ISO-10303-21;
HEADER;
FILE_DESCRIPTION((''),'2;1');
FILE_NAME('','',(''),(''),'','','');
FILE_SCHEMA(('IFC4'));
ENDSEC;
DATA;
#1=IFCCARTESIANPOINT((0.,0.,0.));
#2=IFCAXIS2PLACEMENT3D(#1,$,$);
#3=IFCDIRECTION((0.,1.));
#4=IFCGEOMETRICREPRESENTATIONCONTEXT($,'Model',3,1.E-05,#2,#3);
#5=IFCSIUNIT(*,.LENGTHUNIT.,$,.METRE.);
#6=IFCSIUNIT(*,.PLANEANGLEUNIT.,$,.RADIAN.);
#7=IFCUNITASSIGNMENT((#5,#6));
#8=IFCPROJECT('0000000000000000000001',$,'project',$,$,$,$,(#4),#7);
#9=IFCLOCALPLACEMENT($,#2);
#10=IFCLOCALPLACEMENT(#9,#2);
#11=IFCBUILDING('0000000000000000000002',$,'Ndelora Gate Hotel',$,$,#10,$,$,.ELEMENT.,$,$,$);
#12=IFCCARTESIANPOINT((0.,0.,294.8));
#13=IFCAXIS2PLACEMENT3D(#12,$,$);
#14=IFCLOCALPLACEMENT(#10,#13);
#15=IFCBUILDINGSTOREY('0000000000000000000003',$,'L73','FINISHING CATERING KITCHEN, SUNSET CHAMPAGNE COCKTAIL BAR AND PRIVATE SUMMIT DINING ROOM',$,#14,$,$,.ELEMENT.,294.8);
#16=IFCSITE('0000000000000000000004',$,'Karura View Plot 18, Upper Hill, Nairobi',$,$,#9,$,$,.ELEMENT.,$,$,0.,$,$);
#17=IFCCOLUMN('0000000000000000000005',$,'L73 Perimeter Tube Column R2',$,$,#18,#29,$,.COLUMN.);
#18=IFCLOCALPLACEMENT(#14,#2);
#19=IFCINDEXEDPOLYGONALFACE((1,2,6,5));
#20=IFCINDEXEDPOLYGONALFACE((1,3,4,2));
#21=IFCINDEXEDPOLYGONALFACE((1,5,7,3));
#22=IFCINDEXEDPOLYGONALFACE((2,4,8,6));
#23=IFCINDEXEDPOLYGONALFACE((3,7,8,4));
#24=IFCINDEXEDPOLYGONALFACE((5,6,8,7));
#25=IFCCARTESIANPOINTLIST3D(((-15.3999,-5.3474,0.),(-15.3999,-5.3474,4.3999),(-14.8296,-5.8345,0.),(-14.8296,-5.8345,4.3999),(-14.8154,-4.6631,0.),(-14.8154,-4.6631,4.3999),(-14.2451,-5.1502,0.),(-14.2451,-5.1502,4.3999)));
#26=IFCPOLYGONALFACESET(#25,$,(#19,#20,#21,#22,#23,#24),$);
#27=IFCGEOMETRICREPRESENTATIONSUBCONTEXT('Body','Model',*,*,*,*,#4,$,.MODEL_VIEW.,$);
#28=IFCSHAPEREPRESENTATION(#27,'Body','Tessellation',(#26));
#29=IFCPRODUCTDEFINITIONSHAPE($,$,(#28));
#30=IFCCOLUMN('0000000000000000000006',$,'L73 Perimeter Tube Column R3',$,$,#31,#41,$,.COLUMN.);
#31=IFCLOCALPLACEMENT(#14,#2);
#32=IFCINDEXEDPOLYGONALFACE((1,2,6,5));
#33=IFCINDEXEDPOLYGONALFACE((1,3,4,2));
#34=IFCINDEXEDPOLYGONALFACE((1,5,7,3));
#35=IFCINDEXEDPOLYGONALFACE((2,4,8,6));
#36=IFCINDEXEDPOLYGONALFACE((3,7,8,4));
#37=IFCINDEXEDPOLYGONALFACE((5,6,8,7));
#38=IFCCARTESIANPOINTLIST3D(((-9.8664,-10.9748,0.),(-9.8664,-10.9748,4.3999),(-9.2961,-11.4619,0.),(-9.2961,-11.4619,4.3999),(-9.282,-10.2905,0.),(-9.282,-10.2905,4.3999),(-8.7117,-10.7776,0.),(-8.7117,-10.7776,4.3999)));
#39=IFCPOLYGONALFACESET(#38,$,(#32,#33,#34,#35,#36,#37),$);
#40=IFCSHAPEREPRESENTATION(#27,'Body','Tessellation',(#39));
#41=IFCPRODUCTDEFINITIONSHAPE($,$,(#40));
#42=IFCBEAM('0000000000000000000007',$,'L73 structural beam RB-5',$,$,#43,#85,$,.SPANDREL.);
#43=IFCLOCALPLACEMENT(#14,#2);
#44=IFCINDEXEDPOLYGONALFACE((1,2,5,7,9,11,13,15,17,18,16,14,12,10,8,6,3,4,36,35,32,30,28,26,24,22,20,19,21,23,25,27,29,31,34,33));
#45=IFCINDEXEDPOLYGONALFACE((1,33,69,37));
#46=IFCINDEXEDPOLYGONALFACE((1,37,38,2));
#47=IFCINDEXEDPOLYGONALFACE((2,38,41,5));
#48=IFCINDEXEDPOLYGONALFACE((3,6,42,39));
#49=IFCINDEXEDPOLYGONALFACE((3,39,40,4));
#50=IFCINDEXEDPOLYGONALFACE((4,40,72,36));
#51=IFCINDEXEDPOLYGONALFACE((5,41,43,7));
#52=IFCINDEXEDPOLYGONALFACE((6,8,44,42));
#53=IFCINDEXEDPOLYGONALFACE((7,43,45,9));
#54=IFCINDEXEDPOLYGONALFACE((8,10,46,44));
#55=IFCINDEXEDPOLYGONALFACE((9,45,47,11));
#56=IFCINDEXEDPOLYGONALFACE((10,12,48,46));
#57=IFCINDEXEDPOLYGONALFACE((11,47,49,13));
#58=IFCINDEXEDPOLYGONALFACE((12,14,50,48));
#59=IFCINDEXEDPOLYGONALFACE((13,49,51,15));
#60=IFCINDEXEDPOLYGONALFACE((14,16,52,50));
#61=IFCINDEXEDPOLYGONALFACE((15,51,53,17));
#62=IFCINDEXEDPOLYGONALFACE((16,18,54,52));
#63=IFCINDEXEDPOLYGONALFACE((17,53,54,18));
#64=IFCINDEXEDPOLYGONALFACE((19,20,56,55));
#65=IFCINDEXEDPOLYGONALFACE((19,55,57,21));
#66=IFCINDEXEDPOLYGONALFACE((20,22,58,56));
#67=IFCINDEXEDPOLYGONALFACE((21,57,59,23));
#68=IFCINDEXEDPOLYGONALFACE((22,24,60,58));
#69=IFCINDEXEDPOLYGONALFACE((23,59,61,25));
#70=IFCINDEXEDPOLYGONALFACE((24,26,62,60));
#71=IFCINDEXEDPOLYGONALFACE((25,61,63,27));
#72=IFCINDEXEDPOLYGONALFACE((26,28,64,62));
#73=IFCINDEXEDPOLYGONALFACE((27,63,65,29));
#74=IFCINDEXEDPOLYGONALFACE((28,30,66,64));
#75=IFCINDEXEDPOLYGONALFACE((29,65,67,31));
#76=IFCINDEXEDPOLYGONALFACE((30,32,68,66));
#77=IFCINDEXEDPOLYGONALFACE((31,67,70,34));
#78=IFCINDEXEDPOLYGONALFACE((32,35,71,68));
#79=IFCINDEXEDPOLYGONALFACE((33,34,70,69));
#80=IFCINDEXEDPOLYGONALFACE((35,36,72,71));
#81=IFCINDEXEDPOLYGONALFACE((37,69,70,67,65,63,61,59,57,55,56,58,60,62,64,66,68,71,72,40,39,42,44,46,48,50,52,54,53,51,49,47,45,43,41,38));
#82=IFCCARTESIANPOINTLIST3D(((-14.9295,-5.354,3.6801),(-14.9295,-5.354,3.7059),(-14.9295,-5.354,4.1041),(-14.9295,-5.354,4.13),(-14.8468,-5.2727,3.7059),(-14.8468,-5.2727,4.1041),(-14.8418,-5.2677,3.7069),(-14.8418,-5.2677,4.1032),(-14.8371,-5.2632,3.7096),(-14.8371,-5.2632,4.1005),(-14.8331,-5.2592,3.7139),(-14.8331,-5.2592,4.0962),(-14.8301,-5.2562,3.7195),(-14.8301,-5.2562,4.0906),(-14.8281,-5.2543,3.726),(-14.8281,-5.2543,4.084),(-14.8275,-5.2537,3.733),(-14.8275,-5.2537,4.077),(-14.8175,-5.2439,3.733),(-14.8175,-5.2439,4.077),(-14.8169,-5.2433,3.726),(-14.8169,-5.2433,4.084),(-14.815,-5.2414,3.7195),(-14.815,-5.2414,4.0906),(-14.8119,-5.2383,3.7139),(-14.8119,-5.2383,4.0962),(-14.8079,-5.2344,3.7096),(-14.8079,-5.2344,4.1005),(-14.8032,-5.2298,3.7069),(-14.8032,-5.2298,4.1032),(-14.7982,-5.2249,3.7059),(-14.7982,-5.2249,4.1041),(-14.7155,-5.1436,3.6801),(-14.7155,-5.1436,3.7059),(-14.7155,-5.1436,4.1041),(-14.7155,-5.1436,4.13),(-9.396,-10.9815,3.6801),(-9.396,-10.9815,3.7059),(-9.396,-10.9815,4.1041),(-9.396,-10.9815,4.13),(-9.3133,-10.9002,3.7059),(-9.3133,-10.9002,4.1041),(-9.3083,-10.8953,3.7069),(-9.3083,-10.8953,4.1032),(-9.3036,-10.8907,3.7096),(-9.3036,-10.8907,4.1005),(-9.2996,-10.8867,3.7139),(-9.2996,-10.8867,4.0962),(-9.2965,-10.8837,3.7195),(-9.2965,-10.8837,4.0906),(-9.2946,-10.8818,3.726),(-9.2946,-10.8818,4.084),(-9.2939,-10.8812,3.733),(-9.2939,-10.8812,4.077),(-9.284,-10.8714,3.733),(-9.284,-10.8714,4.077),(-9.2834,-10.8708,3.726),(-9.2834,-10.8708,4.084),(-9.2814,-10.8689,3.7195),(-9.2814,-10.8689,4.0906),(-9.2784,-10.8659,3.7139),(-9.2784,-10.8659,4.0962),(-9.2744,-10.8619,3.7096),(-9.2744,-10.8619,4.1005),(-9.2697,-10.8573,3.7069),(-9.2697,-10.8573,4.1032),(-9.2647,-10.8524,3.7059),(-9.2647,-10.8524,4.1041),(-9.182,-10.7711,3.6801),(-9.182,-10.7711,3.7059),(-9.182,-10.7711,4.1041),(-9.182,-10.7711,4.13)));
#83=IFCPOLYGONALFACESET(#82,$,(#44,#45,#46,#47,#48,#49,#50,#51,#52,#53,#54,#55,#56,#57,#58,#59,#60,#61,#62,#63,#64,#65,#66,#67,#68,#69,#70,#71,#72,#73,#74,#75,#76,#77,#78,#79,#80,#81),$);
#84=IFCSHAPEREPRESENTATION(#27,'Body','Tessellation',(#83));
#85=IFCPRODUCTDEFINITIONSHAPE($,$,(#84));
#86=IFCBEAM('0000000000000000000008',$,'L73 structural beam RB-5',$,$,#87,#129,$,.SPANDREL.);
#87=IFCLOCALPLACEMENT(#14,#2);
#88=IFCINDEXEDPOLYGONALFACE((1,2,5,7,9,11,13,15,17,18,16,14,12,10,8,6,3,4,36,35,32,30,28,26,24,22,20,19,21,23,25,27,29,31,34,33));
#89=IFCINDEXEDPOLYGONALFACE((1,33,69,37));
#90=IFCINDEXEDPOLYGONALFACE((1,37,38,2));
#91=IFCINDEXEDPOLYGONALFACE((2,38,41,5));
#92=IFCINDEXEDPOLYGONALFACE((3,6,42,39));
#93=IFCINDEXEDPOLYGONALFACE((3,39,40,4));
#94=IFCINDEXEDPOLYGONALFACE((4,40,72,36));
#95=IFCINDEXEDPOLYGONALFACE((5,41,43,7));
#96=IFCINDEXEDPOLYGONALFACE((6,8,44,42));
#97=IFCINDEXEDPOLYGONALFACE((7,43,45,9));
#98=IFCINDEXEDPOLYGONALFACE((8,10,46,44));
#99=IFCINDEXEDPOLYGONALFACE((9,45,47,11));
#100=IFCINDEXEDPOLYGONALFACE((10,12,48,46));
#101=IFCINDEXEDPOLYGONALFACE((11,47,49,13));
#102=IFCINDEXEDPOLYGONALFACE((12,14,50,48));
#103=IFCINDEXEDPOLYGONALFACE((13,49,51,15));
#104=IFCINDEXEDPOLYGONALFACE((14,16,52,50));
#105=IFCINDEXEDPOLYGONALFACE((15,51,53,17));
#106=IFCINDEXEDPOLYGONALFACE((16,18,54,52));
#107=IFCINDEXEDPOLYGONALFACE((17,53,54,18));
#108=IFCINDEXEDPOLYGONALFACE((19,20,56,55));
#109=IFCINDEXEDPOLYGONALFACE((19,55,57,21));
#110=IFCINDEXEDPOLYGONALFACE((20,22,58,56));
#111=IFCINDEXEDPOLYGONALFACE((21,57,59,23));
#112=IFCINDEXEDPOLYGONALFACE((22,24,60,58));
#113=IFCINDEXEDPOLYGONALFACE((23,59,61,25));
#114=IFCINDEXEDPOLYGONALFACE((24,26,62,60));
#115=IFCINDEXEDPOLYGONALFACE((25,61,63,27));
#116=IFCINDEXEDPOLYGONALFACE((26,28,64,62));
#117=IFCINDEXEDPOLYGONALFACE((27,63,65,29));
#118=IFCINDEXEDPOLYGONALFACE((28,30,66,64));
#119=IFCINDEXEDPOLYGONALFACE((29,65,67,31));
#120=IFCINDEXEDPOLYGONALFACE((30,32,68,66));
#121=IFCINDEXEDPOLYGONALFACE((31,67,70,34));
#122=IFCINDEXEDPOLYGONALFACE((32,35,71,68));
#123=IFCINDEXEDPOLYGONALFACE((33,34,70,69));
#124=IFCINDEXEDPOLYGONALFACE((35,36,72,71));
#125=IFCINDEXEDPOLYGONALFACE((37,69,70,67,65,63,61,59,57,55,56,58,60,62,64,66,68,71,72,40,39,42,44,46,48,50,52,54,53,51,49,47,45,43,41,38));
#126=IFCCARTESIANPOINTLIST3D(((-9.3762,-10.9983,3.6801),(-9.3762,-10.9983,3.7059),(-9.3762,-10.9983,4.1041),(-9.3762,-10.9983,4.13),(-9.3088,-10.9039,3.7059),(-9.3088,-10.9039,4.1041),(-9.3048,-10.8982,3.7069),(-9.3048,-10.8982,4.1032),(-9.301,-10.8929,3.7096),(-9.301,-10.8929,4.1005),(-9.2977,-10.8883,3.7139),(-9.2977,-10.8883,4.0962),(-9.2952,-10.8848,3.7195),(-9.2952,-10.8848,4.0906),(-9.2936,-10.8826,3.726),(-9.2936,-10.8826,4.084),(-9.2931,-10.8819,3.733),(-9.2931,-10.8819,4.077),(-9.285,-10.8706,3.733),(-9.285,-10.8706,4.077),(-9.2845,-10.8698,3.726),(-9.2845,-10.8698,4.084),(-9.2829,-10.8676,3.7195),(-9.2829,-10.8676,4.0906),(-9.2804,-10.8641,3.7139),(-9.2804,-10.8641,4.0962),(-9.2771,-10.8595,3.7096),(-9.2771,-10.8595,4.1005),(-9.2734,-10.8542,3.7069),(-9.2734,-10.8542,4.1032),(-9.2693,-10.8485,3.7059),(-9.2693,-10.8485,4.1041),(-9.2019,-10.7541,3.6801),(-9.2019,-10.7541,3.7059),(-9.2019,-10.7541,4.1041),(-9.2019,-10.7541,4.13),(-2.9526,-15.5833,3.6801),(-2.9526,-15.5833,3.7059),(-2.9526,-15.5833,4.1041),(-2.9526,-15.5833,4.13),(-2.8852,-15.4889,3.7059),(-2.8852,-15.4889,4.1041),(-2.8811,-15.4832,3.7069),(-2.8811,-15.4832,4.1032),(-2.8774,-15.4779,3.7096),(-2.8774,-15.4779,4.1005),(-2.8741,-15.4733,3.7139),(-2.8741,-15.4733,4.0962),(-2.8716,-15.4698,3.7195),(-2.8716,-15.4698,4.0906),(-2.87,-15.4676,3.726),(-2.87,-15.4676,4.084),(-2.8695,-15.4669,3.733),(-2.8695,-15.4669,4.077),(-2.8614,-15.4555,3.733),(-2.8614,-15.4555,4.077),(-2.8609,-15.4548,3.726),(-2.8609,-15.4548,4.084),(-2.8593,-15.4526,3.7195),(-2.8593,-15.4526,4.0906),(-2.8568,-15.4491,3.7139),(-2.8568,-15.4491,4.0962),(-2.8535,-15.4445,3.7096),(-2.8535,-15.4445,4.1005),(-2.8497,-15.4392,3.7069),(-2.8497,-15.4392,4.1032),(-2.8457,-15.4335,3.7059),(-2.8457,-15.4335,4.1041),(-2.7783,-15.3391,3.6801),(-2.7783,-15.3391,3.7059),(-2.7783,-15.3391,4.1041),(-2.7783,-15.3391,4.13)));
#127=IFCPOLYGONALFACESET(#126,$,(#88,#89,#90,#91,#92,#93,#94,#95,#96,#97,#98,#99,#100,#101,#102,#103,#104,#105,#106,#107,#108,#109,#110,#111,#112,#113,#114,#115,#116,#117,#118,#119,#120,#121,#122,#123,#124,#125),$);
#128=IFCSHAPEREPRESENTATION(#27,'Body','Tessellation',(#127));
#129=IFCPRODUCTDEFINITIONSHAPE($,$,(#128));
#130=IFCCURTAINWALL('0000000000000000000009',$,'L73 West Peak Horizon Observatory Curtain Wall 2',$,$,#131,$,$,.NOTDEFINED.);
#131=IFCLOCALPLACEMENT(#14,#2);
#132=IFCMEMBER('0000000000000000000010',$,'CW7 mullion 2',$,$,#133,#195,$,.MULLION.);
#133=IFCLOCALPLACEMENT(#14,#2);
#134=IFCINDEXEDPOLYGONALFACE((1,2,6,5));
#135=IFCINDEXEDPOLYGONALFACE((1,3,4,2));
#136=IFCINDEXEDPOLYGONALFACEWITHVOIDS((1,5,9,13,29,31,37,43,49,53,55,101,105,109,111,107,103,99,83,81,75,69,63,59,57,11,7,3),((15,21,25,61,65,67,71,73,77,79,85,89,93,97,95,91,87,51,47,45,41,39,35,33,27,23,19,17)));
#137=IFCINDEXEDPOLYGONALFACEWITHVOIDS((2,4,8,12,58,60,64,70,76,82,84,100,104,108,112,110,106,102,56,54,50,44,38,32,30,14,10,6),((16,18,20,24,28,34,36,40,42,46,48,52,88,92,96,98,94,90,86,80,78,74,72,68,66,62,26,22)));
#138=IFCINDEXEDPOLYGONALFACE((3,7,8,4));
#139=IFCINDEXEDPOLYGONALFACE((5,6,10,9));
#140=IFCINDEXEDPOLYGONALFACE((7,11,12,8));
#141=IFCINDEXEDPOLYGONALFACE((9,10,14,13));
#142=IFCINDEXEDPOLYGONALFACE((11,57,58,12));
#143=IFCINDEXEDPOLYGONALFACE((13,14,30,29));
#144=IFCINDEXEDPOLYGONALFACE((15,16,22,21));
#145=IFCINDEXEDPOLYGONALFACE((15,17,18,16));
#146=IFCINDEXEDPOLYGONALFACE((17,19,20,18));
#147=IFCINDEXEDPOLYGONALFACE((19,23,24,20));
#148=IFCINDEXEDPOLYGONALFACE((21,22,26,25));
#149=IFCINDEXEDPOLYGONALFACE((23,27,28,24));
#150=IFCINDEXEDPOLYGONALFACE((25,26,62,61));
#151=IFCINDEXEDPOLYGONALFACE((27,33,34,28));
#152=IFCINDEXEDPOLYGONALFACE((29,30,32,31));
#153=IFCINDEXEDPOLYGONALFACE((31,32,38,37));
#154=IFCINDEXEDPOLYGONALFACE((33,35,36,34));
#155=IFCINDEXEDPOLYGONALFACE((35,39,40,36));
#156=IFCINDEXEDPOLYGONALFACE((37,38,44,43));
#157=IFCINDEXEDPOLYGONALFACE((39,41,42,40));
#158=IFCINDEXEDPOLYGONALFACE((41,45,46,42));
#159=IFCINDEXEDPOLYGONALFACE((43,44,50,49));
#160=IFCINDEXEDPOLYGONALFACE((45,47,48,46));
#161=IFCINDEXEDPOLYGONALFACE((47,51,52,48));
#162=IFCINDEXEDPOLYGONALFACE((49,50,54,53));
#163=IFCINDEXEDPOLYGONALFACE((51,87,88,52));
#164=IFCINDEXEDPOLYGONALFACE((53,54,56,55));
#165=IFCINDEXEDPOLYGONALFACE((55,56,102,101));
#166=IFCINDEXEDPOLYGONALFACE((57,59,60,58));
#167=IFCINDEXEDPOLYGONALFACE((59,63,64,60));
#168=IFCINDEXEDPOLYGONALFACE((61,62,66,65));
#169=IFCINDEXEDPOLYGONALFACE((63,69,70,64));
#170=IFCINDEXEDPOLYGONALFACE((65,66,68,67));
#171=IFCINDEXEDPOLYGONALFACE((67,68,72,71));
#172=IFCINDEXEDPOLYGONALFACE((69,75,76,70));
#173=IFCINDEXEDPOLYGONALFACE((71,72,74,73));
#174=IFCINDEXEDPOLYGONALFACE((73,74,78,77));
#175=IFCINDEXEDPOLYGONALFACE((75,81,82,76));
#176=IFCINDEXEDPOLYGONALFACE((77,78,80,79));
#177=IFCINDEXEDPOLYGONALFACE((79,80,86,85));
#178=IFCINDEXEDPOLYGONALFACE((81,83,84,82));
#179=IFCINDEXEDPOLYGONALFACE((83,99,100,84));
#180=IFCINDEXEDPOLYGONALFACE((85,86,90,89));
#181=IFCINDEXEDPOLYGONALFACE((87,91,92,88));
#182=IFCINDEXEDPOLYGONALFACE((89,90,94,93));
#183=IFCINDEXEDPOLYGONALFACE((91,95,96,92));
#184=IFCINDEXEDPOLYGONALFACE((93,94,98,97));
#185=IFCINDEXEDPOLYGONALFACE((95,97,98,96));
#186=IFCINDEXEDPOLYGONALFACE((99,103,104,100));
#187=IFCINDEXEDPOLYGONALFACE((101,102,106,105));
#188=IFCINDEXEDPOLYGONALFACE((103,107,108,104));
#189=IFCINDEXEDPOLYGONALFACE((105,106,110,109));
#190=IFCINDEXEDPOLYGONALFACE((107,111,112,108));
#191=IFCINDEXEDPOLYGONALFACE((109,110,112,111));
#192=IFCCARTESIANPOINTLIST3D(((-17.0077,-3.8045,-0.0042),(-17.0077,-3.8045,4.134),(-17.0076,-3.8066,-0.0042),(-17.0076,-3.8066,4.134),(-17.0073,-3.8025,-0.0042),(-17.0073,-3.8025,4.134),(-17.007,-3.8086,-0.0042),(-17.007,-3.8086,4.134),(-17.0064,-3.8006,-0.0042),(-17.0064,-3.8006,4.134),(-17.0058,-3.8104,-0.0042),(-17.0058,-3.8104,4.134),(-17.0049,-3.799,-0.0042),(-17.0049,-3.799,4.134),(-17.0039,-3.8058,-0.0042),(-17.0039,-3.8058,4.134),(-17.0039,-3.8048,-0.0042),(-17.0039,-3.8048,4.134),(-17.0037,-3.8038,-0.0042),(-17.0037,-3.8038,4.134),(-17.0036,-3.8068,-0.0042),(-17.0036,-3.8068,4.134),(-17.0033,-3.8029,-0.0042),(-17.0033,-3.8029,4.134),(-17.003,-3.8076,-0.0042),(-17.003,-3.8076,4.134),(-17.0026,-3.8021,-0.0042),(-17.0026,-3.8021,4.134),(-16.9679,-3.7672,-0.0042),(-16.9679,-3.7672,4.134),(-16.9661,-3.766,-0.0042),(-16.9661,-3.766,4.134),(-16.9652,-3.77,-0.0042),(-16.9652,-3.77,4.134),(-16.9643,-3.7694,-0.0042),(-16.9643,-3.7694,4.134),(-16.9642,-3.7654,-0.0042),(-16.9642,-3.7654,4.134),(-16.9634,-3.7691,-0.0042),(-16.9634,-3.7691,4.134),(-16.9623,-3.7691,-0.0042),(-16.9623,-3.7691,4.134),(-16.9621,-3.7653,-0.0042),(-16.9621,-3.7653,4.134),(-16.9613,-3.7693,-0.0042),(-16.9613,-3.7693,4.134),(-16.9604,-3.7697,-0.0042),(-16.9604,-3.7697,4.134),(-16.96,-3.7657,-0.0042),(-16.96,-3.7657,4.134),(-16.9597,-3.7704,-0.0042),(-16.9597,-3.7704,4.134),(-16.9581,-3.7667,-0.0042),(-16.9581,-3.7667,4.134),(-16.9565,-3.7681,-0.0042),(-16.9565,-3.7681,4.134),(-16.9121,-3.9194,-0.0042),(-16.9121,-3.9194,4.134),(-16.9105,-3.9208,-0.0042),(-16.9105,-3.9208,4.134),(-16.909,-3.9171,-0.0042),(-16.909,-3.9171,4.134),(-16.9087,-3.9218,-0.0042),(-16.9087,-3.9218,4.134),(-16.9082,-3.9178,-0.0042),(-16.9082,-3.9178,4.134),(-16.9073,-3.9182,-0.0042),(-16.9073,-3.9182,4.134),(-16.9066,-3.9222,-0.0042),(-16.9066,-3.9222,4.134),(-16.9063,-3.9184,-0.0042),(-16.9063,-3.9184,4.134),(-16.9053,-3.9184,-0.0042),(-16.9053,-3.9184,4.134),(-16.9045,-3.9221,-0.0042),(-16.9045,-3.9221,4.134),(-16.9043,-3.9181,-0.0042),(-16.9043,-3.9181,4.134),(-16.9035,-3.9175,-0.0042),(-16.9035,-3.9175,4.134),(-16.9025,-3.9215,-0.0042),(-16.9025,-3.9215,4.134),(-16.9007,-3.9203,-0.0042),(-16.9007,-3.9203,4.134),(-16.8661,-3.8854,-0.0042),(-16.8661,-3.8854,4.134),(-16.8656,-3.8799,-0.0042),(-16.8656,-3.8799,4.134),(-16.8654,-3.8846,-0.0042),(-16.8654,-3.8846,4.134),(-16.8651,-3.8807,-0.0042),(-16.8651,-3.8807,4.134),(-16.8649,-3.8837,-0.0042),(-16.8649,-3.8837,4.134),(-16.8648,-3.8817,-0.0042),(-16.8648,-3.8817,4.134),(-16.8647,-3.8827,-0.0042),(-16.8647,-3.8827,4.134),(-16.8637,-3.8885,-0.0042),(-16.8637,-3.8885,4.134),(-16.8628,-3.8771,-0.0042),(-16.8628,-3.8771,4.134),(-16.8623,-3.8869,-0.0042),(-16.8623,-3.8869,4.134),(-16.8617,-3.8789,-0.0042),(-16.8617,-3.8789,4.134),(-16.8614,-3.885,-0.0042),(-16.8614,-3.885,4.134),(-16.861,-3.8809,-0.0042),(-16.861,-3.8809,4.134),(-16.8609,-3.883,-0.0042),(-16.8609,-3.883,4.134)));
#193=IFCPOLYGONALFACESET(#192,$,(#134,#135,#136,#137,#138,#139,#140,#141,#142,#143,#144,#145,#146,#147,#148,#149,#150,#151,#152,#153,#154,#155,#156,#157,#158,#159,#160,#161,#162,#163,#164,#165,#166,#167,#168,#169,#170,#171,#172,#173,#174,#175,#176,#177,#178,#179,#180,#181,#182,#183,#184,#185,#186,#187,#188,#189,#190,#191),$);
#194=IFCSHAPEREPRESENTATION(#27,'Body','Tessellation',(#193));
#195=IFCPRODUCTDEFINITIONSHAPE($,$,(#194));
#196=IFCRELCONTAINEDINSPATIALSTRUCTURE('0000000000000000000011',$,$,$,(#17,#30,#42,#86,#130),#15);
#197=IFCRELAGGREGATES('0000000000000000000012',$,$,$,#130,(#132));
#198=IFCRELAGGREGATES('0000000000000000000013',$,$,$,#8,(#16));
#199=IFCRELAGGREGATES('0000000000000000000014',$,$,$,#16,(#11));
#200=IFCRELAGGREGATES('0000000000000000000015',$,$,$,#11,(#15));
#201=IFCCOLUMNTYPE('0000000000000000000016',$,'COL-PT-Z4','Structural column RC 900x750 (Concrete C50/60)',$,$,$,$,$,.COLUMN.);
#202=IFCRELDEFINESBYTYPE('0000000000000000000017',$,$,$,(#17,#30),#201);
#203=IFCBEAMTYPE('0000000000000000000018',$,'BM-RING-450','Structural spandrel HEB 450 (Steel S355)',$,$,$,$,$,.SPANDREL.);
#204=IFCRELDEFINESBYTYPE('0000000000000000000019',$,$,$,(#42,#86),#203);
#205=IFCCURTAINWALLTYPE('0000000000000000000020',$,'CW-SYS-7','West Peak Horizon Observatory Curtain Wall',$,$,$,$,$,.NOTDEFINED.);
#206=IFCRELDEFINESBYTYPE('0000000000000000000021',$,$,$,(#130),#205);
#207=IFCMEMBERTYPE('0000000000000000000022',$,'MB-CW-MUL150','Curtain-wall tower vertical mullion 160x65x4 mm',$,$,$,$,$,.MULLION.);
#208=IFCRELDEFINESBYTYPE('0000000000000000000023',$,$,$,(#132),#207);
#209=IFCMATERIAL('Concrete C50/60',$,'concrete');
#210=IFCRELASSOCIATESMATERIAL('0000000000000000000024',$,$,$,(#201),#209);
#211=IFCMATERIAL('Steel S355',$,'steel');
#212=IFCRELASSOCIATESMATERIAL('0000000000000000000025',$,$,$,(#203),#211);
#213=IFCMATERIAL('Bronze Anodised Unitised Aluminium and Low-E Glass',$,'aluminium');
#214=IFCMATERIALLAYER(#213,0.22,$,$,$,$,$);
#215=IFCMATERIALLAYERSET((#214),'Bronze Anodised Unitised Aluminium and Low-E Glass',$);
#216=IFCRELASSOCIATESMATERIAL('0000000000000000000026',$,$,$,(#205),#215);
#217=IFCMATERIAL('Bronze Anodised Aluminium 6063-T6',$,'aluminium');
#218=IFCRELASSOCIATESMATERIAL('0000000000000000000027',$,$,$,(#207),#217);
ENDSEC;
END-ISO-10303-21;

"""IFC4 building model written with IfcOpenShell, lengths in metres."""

from ifc_helpers import new_model, si_unit, direction, frame, origin, origin_2d, place, context, subcontext, project, spatial, rectangle, hollow_rectangle, i_section, extrude, material, layer, layer_set, material_profile, profile_set, type_object, element, aggregate, save


model = new_model("IFC4")

# Units and contexts
model_context = context("Model", 3, precision=1e-05, world=origin(), true_north=direction((0.0, 1.0)))
body_context = subcontext(model_context, "Body", "Model", "MODEL_VIEW")
ifc_project = project(units=[si_unit("LENGTHUNIT", "METRE"), si_unit("PLANEANGLEUNIT", "RADIAN")], contexts=[model_context])

# Site, building, storey
site_placement = place(None, origin())
site = spatial("IfcSite", under=ifc_project, at=site_placement, Name="Karura View Plot 18, Upper Hill, Nairobi", CompositionType="ELEMENT", RefElevation=0.0)
building_placement = place(site_placement, origin())
building = spatial("IfcBuilding", under=site, at=building_placement, Name="Ndelora Gate Hotel", CompositionType="ELEMENT")
storey_placement = place(building_placement, frame((0.0, 0.0, 294.8)))
storey = spatial("IfcBuildingStorey", under=building, at=storey_placement, Name="L73", Description="FINISHING CATERING KITCHEN, SUNSET CHAMPAGNE COCKTAIL BAR AND PRIVATE SUMMIT DINING ROOM", CompositionType="ELEMENT", Elevation=294.8)

# Columns
ifc_material_1 = material(Name="Concrete C50/60", Category="concrete")
ifc_material_profile_1 = material_profile(ifc_material_1, rectangle(XDim=0.75, YDim=0.8999, at=origin_2d()), Name="RC 900x750")
ifc_profile_set_1 = profile_set([ifc_material_profile_1], Name="Concrete C50/60")
column_type = type_object("IfcColumnType", Name="COL-PT-Z4", Description="Structural column RC 900x750 (Concrete C50/60)", PredefinedType="COLUMN", material=ifc_profile_set_1)
for number, where, z_axis, x_axis, name in (
    (1, (-14.8225, -5.2488, 0.0), (0.0, 0.0, 1.0), (-0.760406, 0.649448, 0.0), "L73 Perimeter Tube Column R2"),
    (2, (-9.2891, -10.8762, 0.0), (0.0, 0.0, 1.0), (-0.760406, 0.649448, 0.0), "L73 Perimeter Tube Column R3"),
):
    element("IfcColumn", number, at=place(storey_placement, frame(where, z_axis=z_axis, x_axis=x_axis)), inside=storey, type_object=column_type, Name=name, PredefinedType="COLUMN", context=body_context, shape_type="SweptSolid", body=[
        extrude(rectangle(XDim=0.75, YDim=0.8999, at=origin_2d()), origin(), (0.0, 0.0, 1.0), 4.3999),
    ])

# Beams
ifc_material_2 = material(Name="Steel S355", Category="steel")
ifc_material_profile_2 = material_profile(ifc_material_2, i_section(OverallWidth=0.3, OverallDepth=0.45, WebThickness=0.0139, FlangeThickness=0.0259, FilletRadius=0.0271, at=origin_2d()), Name="HEB 450")
ifc_profile_set_2 = profile_set([ifc_material_profile_2], Name="Steel S355")
beam_type = type_object("IfcBeamType", Name="BM-RING-450", Description="Structural spandrel HEB 450 (Steel S355)", PredefinedType="SPANDREL", material=ifc_profile_set_2)
beam_1_placement = place(storey_placement, frame((-14.8225, -5.2488, 3.905), z_axis=(0.701127, -0.713037, 0.0), x_axis=(0.713037, 0.701127, 0.0)))
element("IfcBeam", 3, at=beam_1_placement, inside=storey, type_object=beam_type, Name="L73 structural beam RB-5", PredefinedType="SPANDREL", context=body_context, shape_type="SweptSolid", body=[
    extrude(i_section(OverallWidth=0.3, OverallDepth=0.45, WebThickness=0.0139, FlangeThickness=0.0259, FilletRadius=0.0271, at=origin_2d()), origin(), (0.0, 0.0, 1.0), 7.8923),
])
beam_2_placement = place(storey_placement, frame((-9.2891, -10.8762, 3.905), z_axis=(0.813932, -0.58096, 0.0), x_axis=(0.58096, 0.813932, 0.0)))
element("IfcBeam", 4, at=beam_2_placement, inside=storey, type_object=beam_type, Name="L73 structural beam RB-5", PredefinedType="SPANDREL", context=body_context, shape_type="SweptSolid", body=[
    extrude(i_section(OverallWidth=0.3, OverallDepth=0.45, WebThickness=0.0139, FlangeThickness=0.0259, FilletRadius=0.0271, at=origin_2d()), origin(), (0.0, 0.0, 1.0), 7.8921),
])

# Curtain wall, member
ifc_material_3 = material(Name="Bronze Anodised Unitised Aluminium and Low-E Glass", Category="aluminium")
ifc_layer_1 = layer(ifc_material_3, 0.22)
ifc_layer_set_1 = layer_set([ifc_layer_1], Name="Bronze Anodised Unitised Aluminium and Low-E Glass")
curtain_wall_type = type_object("IfcCurtainWallType", Name="CW-SYS-7", Description="West Peak Horizon Observatory Curtain Wall", PredefinedType="NOTDEFINED", material=ifc_layer_set_1)
curtain_wall_placement = place(storey_placement, origin())
curtain_wall = element("IfcCurtainWall", 5, at=curtain_wall_placement, inside=storey, type_object=curtain_wall_type, Name="L73 West Peak Horizon Observatory Curtain Wall 2", PredefinedType="NOTDEFINED")
ifc_material_4 = material(Name="Bronze Anodised Aluminium 6063-T6", Category="aluminium")
ifc_material_profile_3 = material_profile(ifc_material_4, hollow_rectangle(XDim=0.0649, YDim=0.1599, WallThickness=0.0039, InnerFilletRadius=0.0039, OuterFilletRadius=0.0081, at=origin_2d()), Name="ALU 160x65x4")
ifc_profile_set_3 = profile_set([ifc_material_profile_3], Name="Bronze Anodised Aluminium 6063-T6")
member_type_1 = type_object("IfcMemberType", Name="MB-CW-MUL150", Description="Curtain-wall tower vertical mullion 160x65x4 mm", PredefinedType="MULLION", material=ifc_profile_set_3)
member_1_placement = place(storey_placement, frame((-16.9343, -3.8438, -0.0042), z_axis=(0.0, 0.0, 1.0), x_axis=(0.75853, 0.651638, 0.0)))
member_1 = element("IfcMember", 6, at=member_1_placement, type_object=member_type_1, Name="CW7 mullion 2", PredefinedType="MULLION", context=body_context, shape_type="SweptSolid", body=[
    extrude(hollow_rectangle(XDim=0.0649, YDim=0.1599, WallThickness=0.0039, InnerFilletRadius=0.0039, OuterFilletRadius=0.0081, at=origin_2d()), origin(), (0.0, 0.0, 1.0), 4.1382),
])
aggregate(curtain_wall, [member_1])

save(model, "model.ifc")
